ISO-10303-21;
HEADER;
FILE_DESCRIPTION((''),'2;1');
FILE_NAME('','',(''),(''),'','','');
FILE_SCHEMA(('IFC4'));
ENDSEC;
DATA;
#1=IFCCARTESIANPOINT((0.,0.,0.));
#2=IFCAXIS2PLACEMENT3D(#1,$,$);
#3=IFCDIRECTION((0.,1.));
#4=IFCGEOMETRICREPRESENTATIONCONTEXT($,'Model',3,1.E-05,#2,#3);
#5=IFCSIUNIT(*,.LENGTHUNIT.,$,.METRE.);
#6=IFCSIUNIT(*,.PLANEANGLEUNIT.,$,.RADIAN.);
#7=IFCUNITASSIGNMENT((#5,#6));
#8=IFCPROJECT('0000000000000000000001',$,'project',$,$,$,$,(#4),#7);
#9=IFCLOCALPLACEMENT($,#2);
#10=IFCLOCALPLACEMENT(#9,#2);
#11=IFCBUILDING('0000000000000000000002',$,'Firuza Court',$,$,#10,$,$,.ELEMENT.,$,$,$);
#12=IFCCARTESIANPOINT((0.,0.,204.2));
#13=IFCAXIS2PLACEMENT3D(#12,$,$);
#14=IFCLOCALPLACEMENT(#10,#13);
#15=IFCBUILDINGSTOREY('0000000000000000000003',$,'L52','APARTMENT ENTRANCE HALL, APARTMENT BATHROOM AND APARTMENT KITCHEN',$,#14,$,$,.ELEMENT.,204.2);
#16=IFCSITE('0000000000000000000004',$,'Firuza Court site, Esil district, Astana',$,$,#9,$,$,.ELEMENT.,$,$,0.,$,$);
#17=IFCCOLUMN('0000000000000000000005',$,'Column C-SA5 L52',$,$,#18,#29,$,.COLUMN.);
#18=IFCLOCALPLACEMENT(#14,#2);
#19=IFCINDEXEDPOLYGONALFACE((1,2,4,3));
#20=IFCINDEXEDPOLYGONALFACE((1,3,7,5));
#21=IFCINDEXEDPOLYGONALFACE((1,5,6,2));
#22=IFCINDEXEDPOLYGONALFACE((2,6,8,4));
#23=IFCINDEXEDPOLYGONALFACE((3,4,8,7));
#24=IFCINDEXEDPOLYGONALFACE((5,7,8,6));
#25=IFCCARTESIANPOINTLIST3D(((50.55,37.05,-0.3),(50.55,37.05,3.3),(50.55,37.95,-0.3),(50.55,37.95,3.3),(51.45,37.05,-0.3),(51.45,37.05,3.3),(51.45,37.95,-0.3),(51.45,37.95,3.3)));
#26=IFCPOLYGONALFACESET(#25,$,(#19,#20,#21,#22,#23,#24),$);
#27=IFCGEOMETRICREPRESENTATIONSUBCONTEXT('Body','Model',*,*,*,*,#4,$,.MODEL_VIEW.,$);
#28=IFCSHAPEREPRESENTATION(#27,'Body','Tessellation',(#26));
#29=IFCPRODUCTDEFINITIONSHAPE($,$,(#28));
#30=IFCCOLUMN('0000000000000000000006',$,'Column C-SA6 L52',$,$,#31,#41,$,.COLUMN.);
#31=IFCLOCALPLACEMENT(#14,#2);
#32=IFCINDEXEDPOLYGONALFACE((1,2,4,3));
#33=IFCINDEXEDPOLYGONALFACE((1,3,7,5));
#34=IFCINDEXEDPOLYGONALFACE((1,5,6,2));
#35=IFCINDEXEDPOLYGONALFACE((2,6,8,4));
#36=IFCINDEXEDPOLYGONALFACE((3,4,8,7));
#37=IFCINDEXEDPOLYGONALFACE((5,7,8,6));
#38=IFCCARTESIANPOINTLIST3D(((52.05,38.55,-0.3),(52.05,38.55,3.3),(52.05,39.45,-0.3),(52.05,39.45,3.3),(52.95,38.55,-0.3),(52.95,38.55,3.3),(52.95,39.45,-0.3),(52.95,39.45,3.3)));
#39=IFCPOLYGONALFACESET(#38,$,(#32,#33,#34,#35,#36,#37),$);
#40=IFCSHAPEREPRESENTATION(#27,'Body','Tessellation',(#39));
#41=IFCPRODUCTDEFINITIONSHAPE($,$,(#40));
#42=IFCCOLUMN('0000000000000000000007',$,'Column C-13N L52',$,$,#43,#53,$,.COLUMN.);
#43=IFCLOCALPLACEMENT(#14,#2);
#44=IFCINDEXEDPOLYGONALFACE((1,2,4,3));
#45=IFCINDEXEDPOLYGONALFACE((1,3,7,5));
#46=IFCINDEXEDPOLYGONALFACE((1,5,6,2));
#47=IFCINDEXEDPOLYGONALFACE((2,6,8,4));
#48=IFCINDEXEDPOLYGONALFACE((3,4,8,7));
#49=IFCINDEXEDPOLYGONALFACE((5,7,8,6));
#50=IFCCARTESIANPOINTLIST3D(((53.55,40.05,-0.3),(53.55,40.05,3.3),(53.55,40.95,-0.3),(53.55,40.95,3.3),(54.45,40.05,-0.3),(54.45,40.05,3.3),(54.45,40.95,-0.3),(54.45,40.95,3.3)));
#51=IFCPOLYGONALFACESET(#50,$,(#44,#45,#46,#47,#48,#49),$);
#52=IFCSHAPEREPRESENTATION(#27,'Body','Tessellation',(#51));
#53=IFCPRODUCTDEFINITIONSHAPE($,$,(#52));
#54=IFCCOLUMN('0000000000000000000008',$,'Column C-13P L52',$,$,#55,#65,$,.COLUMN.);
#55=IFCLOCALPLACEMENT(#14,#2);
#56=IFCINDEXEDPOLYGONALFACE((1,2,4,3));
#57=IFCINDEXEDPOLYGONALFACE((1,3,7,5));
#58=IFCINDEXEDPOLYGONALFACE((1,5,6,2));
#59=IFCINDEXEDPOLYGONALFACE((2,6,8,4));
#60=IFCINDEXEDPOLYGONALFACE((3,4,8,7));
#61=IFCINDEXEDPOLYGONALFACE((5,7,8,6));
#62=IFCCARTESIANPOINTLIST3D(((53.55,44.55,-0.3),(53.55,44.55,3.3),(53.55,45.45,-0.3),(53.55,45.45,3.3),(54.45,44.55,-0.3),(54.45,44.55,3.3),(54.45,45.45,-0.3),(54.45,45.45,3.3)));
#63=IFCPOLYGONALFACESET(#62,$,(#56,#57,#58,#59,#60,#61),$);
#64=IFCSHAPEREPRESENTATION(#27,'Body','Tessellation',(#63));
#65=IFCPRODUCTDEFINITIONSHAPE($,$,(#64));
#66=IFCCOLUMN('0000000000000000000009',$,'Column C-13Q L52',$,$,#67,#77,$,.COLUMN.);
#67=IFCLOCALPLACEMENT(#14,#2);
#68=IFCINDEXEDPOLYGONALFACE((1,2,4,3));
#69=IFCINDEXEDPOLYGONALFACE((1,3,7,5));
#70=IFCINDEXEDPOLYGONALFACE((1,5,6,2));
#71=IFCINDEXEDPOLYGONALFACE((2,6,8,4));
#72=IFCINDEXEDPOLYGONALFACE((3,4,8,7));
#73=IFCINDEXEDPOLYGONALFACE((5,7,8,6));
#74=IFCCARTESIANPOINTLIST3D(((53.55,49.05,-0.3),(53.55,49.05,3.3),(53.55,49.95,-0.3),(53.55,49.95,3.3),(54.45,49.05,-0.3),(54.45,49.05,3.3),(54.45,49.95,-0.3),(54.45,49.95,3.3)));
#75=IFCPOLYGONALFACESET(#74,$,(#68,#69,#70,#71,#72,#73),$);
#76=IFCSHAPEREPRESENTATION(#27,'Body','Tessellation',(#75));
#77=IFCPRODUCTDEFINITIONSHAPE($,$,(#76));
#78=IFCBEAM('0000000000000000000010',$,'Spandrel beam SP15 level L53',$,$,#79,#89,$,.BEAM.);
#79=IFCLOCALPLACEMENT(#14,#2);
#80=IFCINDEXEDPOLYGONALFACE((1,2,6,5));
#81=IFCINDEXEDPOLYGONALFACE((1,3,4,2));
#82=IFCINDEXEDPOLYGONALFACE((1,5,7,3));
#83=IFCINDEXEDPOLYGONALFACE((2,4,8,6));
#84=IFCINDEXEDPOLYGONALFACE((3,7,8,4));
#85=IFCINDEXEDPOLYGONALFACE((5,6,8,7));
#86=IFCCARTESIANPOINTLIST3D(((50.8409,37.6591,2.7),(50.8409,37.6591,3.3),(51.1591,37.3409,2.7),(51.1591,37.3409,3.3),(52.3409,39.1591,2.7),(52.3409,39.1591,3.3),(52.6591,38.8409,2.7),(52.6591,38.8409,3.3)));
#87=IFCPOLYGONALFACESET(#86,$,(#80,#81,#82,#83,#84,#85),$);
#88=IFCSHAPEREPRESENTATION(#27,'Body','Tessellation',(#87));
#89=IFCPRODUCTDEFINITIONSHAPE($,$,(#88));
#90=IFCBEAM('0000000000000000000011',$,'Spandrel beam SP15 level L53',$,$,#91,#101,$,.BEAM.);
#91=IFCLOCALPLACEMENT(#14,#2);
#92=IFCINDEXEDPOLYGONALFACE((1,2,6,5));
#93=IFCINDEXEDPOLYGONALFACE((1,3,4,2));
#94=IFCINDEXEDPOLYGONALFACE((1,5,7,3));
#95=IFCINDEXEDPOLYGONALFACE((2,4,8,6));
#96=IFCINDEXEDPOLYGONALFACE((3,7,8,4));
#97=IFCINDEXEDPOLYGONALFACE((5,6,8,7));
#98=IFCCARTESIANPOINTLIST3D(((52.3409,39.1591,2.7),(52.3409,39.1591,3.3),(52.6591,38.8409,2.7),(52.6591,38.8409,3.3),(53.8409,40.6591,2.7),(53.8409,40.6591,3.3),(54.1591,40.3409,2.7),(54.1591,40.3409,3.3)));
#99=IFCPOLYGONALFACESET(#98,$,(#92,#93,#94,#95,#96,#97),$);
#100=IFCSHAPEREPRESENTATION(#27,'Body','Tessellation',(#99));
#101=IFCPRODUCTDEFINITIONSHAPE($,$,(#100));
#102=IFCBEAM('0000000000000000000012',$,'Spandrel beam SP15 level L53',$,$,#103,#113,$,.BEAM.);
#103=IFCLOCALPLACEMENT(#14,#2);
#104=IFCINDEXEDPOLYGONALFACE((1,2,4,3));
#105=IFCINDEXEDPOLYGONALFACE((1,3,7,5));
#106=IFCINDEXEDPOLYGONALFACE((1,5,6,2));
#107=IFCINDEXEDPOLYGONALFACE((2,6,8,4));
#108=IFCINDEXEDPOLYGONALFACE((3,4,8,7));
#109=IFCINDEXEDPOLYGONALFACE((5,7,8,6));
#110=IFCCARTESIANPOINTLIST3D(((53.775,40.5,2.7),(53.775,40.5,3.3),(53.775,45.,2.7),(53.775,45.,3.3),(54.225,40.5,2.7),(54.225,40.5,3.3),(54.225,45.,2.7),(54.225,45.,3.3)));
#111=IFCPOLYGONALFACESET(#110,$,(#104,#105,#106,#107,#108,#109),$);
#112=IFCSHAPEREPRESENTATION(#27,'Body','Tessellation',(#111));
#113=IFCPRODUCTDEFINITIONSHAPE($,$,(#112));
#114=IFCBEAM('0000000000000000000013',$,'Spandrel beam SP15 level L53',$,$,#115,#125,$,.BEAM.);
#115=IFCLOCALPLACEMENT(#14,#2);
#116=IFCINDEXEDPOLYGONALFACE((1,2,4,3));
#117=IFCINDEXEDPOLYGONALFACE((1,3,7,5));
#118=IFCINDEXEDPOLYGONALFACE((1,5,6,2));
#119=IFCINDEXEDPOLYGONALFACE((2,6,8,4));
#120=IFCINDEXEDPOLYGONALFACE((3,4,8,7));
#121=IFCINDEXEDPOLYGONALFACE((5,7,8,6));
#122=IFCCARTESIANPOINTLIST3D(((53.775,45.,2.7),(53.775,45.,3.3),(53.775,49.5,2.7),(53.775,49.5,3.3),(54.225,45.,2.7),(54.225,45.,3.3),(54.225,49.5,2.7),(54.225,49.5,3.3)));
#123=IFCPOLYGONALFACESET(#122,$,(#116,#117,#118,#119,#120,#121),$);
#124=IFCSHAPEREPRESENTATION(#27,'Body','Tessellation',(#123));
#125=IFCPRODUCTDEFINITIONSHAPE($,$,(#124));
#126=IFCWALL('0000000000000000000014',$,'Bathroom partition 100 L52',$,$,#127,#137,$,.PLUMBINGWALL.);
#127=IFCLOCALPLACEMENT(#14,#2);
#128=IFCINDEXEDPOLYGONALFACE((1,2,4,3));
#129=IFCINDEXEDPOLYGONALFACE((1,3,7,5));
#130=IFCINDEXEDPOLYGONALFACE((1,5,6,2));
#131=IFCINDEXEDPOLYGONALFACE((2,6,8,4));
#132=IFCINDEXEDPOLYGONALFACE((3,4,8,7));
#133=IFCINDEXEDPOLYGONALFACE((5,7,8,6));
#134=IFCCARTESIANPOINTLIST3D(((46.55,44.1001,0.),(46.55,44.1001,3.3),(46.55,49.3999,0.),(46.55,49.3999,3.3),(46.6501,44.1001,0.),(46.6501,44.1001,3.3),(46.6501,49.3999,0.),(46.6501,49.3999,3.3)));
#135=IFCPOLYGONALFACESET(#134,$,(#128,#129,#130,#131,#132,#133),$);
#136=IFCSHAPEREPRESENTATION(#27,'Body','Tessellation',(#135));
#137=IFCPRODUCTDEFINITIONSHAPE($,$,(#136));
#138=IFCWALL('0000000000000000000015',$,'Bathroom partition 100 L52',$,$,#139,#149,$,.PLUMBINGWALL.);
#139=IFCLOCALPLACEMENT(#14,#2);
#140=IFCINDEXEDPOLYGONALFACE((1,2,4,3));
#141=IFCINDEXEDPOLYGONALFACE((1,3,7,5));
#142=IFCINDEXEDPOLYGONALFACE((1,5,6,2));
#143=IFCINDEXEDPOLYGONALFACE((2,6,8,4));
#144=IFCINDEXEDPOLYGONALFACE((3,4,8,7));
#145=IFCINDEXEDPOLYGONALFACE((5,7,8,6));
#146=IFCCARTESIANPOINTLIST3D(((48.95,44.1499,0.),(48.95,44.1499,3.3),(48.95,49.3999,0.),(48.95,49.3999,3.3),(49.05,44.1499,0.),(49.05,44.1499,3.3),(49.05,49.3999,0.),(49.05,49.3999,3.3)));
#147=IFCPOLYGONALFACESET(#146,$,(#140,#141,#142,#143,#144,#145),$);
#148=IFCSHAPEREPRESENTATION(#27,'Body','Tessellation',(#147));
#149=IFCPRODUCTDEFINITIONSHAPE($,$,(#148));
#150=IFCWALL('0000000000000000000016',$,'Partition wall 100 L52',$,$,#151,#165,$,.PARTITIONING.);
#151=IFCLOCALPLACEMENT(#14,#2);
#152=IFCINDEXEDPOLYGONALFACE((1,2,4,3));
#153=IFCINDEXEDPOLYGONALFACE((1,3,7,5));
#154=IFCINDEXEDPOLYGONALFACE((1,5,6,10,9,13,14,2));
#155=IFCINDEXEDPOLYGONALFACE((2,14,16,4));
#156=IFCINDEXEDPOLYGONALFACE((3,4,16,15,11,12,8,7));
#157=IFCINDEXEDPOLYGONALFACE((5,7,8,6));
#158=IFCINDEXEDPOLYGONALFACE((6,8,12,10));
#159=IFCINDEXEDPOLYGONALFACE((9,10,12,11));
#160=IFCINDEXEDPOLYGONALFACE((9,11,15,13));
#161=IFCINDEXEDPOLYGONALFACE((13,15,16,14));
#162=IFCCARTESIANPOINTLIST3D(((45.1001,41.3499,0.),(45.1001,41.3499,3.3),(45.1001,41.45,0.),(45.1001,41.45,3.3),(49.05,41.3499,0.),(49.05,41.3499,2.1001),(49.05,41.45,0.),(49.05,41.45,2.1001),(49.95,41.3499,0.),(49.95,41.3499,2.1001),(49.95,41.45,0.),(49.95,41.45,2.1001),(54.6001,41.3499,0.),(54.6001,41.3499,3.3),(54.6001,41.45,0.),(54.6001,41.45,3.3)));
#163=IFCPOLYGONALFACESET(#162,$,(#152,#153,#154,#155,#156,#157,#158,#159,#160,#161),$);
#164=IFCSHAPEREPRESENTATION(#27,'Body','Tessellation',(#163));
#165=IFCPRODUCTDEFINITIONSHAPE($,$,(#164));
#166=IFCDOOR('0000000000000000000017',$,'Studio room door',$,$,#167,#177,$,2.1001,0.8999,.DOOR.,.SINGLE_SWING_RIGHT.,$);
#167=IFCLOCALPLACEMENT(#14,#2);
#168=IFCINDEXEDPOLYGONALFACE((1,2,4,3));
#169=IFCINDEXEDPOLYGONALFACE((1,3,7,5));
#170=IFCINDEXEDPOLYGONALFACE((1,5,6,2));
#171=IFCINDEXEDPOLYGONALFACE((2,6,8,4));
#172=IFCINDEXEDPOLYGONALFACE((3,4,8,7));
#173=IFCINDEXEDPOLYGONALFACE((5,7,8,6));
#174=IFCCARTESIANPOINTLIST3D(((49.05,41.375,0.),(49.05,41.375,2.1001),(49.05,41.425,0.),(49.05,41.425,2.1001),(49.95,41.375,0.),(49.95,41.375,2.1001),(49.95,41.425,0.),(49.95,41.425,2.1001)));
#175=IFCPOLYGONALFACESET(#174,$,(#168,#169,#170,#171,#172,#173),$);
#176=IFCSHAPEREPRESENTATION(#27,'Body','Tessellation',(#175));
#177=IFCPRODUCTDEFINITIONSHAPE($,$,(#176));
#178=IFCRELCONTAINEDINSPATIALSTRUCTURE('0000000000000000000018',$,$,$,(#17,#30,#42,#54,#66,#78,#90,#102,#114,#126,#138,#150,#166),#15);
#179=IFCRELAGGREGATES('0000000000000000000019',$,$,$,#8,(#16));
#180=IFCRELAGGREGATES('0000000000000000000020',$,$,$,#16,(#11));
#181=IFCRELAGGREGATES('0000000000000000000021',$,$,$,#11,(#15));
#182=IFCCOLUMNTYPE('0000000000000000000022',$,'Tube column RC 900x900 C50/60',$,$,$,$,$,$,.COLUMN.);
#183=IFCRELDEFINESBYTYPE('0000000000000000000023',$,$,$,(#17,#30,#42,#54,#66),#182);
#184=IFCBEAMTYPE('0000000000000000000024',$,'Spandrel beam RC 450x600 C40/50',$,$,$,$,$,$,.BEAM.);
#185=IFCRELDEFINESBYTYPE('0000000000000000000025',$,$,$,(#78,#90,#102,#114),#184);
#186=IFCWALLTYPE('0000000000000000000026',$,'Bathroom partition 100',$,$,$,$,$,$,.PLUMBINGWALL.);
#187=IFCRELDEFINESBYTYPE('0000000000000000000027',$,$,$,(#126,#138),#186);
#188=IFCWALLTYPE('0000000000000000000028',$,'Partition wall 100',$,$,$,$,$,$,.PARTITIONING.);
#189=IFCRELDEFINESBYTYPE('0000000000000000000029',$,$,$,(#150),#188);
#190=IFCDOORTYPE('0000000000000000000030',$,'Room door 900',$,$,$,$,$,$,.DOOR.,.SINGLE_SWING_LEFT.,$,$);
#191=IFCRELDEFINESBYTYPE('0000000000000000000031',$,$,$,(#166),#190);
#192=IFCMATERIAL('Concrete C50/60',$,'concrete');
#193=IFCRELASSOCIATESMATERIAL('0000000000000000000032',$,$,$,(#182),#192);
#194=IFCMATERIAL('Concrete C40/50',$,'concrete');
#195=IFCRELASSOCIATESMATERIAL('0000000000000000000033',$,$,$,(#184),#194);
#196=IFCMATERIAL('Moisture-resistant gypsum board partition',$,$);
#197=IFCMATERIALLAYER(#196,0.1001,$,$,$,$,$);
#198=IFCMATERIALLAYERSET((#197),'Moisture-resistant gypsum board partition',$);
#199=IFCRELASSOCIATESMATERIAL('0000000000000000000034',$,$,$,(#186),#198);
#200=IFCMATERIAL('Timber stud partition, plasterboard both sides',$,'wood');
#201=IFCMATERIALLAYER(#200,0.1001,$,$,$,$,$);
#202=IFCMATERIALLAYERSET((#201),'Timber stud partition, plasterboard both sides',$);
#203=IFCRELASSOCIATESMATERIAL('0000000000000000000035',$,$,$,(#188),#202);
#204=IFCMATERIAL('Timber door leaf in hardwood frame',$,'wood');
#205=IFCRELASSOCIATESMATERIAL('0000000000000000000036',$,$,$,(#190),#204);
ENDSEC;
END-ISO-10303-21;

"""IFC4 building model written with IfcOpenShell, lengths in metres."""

from ifc_helpers import new_model, si_unit, direction, frame, frame_2d, origin, origin_2d, place, context, subcontext, project, spatial, rectangle, extrude, material, layer, layer_set, material_profile, profile_set, type_object, element, fill, save


model = new_model("IFC4")

# Units and contexts
model_context = context("Model", 3, precision=1e-05, world=origin(), true_north=direction((0.0, 1.0)))
body_context = subcontext(model_context, "Body", "Model", "MODEL_VIEW")
ifc_project = project(units=[si_unit("LENGTHUNIT", "METRE"), si_unit("PLANEANGLEUNIT", "RADIAN")], contexts=[model_context])

# Site, building, storey
site_placement = place(None, origin())
site = spatial("IfcSite", under=ifc_project, at=site_placement, Name="Firuza Court site, Esil district, Astana", CompositionType="ELEMENT", RefElevation=0.0)
building_placement = place(site_placement, origin())
building = spatial("IfcBuilding", under=site, at=building_placement, Name="Firuza Court", CompositionType="ELEMENT")
storey_placement = place(building_placement, frame((0.0, 0.0, 204.2)))
storey = spatial("IfcBuildingStorey", under=building, at=storey_placement, Name="L52", Description="APARTMENT ENTRANCE HALL, APARTMENT BATHROOM AND APARTMENT KITCHEN", CompositionType="ELEMENT", Elevation=204.2)

# Columns
ifc_material_1 = material(Name="Concrete C50/60", Category="concrete")
ifc_material_profile_1 = material_profile(ifc_material_1, rectangle(XDim=0.8999, YDim=0.8999, at=origin_2d()), Name="RC 900x900")
ifc_profile_set_1 = profile_set([ifc_material_profile_1], Name="Concrete C50/60")
column_type = type_object("IfcColumnType", Name="Tube column RC 900x900 C50/60", PredefinedType="COLUMN", material=ifc_profile_set_1)
for number, where, z_axis, x_axis, name in (
    (1, (51.0, 37.5, -0.3), (0.0, 0.0, 1.0), (1.0, 0.0, 0.0), "Column C-SA5 L52"),
    (2, (52.5, 39.0, -0.3), (0.0, 0.0, 1.0), (1.0, 0.0, 0.0), "Column C-SA6 L52"),
    (3, (54.0, 40.5, -0.3), (0.0, 0.0, 1.0), (1.0, 0.0, 0.0), "Column C-13N L52"),
    (4, (54.0, 45.0, -0.3), (0.0, 0.0, 1.0), (1.0, 0.0, 0.0), "Column C-13P L52"),
    (5, (54.0, 49.5, -0.3), (0.0, 0.0, 1.0), (1.0, 0.0, 0.0), "Column C-13Q L52"),
):
    element("IfcColumn", number, at=place(storey_placement, frame(where, z_axis=z_axis, x_axis=x_axis)), inside=storey, type_object=column_type, Name=name, PredefinedType="COLUMN", context=body_context, shape_type="SweptSolid", body=[
        extrude(rectangle(XDim=0.8999, YDim=0.8999, at=origin_2d()), origin(), (0.0, 0.0, 1.0), 3.6001),
    ])

# Beams
ifc_material_2 = material(Name="Concrete C40/50", Category="concrete")
ifc_material_profile_2 = material_profile(ifc_material_2, rectangle(XDim=0.45, YDim=0.6001, at=origin_2d()), Name="RC 450x600")
ifc_profile_set_2 = profile_set([ifc_material_profile_2], Name="Concrete C40/50")
beam_type = type_object("IfcBeamType", Name="Spandrel beam RC 450x600 C40/50", PredefinedType="BEAM", material=ifc_profile_set_2)
for number, where, z_axis, x_axis, name in (
    (6, (51.0, 37.5, 3.0), (0.707107, 0.707107, 0.0), (-0.707107, 0.707107, 0.0), "Spandrel beam SP15 level L53"),
    (7, (52.5, 39.0, 3.0), (0.707107, 0.707107, 0.0), (-0.707107, 0.707107, 0.0), "Spandrel beam SP15 level L53"),
):
    element("IfcBeam", number, at=place(storey_placement, frame(where, z_axis=z_axis, x_axis=x_axis)), inside=storey, type_object=beam_type, Name=name, PredefinedType="BEAM", context=body_context, shape_type="SweptSolid", body=[
        extrude(rectangle(XDim=0.45, YDim=0.6001, at=origin_2d()), origin(), (0.0, 0.0, 1.0), 2.1213),
    ])
for number, where, z_axis, x_axis, name in (
    (8, (54.0, 40.5, 3.0), (0.0, 1.0, 0.0), (-1.0, 0.0, 0.0), "Spandrel beam SP15 level L53"),
    (9, (54.0, 45.0, 3.0), (0.0, 1.0, 0.0), (-1.0, 0.0, 0.0), "Spandrel beam SP15 level L53"),
):
    element("IfcBeam", number, at=place(storey_placement, frame(where, z_axis=z_axis, x_axis=x_axis)), inside=storey, type_object=beam_type, Name=name, PredefinedType="BEAM", context=body_context, shape_type="SweptSolid", body=[
        extrude(rectangle(XDim=0.45, YDim=0.6001, at=origin_2d()), origin(), (0.0, 0.0, 1.0), 4.5),
    ])

# Walls
ifc_material_3 = material(Name="Moisture-resistant gypsum board partition")
ifc_layer_1 = layer(ifc_material_3, 0.1001)
ifc_layer_set_1 = layer_set([ifc_layer_1], Name="Moisture-resistant gypsum board partition")
wall_type_1 = type_object("IfcWallType", Name="Bathroom partition 100", PredefinedType="PLUMBINGWALL", material=ifc_layer_set_1)
wall_1_placement = place(storey_placement, frame((46.6001, 44.1001, 0.0), z_axis=(0.0, 0.0, 1.0), x_axis=(0.0, 1.0, 0.0)))
element("IfcWall", 10, at=wall_1_placement, inside=storey, type_object=wall_type_1, Name="Bathroom partition 100 L52", PredefinedType="PLUMBINGWALL", context=body_context, shape_type="SweptSolid", body=[
    extrude(rectangle(XDim=5.2998, YDim=0.1001, at=frame_2d((2.6499, 0.0))), origin(), (0.0, 0.0, 1.0), 3.3),
])
wall_2_placement = place(storey_placement, frame((49.0, 44.1499, 0.0), z_axis=(0.0, 0.0, 1.0), x_axis=(0.0, 1.0, 0.0)))
element("IfcWall", 11, at=wall_2_placement, inside=storey, type_object=wall_type_1, Name="Bathroom partition 100 L52", PredefinedType="PLUMBINGWALL", context=body_context, shape_type="SweptSolid", body=[
    extrude(rectangle(XDim=5.25, YDim=0.1001, at=frame_2d((2.625, 0.0))), origin(), (0.0, 0.0, 1.0), 3.3),
])

# Wall, opening, door
ifc_material_4 = material(Name="Timber stud partition, plasterboard both sides", Category="wood")
ifc_layer_2 = layer(ifc_material_4, 0.1001)
ifc_layer_set_2 = layer_set([ifc_layer_2], Name="Timber stud partition, plasterboard both sides")
wall_type_2 = type_object("IfcWallType", Name="Partition wall 100", PredefinedType="PARTITIONING", material=ifc_layer_set_2)
wall_3_placement = place(storey_placement, frame((45.1001, 41.3999, 0.0), z_axis=(0.0, 0.0, 1.0), x_axis=(1.0, 0.0, 0.0)))
wall_3 = element("IfcWall", 12, at=wall_3_placement, inside=storey, type_object=wall_type_2, Name="Partition wall 100 L52", PredefinedType="PARTITIONING", context=body_context, shape_type="SweptSolid", body=[
    extrude(rectangle(XDim=9.5, YDim=0.1001, at=frame_2d((4.75, 0.0))), origin(), (0.0, 0.0, 1.0), 3.3),
])
opening_1_placement = place(wall_3_placement, frame((3.95, 0.0, 0.0)))
opening_1 = element("IfcOpeningElement", 13, at=opening_1_placement, cuts=wall_3, PredefinedType="OPENING", context=body_context, shape_type="SweptSolid", body=[
    extrude(rectangle(XDim=0.8999, YDim=2.1001, at=frame_2d((0.45, 1.05))), frame((0.0, 0.062, 0.0), z_axis=(0.0, -1.0, 0.0), x_axis=(1.0, 0.0, 0.0)), (0.0, 0.0, 1.0), 0.124),
])
ifc_material_5 = material(Name="Timber door leaf in hardwood frame", Category="wood")
door_type_1 = type_object("IfcDoorType", Name="Room door 900", OperationType="SINGLE_SWING_LEFT", PredefinedType="DOOR", material=ifc_material_5)
door_1_placement = place(opening_1_placement, frame((0.8999, 0.0, 0.0), z_axis=(0.0, 0.0, 1.0), x_axis=(-1.0, 0.0, 0.0)))
door_1 = element("IfcDoor", 14, at=door_1_placement, inside=storey, type_object=door_type_1, Name="Studio room door", OperationType="SINGLE_SWING_RIGHT", OverallHeight=2.1001, OverallWidth=0.8999, PredefinedType="DOOR", context=body_context, shape_type="SweptSolid", body=[
    extrude(rectangle(XDim=0.8999, YDim=2.1001, at=frame_2d((0.45, 1.05))), frame((0.0, 0.0249, 0.0), z_axis=(0.0, -1.0, 0.0), x_axis=(1.0, 0.0, 0.0)), (0.0, 0.0, 1.0), 0.05),
])
fill(opening_1, door_1)

save(model, "model.ifc")
